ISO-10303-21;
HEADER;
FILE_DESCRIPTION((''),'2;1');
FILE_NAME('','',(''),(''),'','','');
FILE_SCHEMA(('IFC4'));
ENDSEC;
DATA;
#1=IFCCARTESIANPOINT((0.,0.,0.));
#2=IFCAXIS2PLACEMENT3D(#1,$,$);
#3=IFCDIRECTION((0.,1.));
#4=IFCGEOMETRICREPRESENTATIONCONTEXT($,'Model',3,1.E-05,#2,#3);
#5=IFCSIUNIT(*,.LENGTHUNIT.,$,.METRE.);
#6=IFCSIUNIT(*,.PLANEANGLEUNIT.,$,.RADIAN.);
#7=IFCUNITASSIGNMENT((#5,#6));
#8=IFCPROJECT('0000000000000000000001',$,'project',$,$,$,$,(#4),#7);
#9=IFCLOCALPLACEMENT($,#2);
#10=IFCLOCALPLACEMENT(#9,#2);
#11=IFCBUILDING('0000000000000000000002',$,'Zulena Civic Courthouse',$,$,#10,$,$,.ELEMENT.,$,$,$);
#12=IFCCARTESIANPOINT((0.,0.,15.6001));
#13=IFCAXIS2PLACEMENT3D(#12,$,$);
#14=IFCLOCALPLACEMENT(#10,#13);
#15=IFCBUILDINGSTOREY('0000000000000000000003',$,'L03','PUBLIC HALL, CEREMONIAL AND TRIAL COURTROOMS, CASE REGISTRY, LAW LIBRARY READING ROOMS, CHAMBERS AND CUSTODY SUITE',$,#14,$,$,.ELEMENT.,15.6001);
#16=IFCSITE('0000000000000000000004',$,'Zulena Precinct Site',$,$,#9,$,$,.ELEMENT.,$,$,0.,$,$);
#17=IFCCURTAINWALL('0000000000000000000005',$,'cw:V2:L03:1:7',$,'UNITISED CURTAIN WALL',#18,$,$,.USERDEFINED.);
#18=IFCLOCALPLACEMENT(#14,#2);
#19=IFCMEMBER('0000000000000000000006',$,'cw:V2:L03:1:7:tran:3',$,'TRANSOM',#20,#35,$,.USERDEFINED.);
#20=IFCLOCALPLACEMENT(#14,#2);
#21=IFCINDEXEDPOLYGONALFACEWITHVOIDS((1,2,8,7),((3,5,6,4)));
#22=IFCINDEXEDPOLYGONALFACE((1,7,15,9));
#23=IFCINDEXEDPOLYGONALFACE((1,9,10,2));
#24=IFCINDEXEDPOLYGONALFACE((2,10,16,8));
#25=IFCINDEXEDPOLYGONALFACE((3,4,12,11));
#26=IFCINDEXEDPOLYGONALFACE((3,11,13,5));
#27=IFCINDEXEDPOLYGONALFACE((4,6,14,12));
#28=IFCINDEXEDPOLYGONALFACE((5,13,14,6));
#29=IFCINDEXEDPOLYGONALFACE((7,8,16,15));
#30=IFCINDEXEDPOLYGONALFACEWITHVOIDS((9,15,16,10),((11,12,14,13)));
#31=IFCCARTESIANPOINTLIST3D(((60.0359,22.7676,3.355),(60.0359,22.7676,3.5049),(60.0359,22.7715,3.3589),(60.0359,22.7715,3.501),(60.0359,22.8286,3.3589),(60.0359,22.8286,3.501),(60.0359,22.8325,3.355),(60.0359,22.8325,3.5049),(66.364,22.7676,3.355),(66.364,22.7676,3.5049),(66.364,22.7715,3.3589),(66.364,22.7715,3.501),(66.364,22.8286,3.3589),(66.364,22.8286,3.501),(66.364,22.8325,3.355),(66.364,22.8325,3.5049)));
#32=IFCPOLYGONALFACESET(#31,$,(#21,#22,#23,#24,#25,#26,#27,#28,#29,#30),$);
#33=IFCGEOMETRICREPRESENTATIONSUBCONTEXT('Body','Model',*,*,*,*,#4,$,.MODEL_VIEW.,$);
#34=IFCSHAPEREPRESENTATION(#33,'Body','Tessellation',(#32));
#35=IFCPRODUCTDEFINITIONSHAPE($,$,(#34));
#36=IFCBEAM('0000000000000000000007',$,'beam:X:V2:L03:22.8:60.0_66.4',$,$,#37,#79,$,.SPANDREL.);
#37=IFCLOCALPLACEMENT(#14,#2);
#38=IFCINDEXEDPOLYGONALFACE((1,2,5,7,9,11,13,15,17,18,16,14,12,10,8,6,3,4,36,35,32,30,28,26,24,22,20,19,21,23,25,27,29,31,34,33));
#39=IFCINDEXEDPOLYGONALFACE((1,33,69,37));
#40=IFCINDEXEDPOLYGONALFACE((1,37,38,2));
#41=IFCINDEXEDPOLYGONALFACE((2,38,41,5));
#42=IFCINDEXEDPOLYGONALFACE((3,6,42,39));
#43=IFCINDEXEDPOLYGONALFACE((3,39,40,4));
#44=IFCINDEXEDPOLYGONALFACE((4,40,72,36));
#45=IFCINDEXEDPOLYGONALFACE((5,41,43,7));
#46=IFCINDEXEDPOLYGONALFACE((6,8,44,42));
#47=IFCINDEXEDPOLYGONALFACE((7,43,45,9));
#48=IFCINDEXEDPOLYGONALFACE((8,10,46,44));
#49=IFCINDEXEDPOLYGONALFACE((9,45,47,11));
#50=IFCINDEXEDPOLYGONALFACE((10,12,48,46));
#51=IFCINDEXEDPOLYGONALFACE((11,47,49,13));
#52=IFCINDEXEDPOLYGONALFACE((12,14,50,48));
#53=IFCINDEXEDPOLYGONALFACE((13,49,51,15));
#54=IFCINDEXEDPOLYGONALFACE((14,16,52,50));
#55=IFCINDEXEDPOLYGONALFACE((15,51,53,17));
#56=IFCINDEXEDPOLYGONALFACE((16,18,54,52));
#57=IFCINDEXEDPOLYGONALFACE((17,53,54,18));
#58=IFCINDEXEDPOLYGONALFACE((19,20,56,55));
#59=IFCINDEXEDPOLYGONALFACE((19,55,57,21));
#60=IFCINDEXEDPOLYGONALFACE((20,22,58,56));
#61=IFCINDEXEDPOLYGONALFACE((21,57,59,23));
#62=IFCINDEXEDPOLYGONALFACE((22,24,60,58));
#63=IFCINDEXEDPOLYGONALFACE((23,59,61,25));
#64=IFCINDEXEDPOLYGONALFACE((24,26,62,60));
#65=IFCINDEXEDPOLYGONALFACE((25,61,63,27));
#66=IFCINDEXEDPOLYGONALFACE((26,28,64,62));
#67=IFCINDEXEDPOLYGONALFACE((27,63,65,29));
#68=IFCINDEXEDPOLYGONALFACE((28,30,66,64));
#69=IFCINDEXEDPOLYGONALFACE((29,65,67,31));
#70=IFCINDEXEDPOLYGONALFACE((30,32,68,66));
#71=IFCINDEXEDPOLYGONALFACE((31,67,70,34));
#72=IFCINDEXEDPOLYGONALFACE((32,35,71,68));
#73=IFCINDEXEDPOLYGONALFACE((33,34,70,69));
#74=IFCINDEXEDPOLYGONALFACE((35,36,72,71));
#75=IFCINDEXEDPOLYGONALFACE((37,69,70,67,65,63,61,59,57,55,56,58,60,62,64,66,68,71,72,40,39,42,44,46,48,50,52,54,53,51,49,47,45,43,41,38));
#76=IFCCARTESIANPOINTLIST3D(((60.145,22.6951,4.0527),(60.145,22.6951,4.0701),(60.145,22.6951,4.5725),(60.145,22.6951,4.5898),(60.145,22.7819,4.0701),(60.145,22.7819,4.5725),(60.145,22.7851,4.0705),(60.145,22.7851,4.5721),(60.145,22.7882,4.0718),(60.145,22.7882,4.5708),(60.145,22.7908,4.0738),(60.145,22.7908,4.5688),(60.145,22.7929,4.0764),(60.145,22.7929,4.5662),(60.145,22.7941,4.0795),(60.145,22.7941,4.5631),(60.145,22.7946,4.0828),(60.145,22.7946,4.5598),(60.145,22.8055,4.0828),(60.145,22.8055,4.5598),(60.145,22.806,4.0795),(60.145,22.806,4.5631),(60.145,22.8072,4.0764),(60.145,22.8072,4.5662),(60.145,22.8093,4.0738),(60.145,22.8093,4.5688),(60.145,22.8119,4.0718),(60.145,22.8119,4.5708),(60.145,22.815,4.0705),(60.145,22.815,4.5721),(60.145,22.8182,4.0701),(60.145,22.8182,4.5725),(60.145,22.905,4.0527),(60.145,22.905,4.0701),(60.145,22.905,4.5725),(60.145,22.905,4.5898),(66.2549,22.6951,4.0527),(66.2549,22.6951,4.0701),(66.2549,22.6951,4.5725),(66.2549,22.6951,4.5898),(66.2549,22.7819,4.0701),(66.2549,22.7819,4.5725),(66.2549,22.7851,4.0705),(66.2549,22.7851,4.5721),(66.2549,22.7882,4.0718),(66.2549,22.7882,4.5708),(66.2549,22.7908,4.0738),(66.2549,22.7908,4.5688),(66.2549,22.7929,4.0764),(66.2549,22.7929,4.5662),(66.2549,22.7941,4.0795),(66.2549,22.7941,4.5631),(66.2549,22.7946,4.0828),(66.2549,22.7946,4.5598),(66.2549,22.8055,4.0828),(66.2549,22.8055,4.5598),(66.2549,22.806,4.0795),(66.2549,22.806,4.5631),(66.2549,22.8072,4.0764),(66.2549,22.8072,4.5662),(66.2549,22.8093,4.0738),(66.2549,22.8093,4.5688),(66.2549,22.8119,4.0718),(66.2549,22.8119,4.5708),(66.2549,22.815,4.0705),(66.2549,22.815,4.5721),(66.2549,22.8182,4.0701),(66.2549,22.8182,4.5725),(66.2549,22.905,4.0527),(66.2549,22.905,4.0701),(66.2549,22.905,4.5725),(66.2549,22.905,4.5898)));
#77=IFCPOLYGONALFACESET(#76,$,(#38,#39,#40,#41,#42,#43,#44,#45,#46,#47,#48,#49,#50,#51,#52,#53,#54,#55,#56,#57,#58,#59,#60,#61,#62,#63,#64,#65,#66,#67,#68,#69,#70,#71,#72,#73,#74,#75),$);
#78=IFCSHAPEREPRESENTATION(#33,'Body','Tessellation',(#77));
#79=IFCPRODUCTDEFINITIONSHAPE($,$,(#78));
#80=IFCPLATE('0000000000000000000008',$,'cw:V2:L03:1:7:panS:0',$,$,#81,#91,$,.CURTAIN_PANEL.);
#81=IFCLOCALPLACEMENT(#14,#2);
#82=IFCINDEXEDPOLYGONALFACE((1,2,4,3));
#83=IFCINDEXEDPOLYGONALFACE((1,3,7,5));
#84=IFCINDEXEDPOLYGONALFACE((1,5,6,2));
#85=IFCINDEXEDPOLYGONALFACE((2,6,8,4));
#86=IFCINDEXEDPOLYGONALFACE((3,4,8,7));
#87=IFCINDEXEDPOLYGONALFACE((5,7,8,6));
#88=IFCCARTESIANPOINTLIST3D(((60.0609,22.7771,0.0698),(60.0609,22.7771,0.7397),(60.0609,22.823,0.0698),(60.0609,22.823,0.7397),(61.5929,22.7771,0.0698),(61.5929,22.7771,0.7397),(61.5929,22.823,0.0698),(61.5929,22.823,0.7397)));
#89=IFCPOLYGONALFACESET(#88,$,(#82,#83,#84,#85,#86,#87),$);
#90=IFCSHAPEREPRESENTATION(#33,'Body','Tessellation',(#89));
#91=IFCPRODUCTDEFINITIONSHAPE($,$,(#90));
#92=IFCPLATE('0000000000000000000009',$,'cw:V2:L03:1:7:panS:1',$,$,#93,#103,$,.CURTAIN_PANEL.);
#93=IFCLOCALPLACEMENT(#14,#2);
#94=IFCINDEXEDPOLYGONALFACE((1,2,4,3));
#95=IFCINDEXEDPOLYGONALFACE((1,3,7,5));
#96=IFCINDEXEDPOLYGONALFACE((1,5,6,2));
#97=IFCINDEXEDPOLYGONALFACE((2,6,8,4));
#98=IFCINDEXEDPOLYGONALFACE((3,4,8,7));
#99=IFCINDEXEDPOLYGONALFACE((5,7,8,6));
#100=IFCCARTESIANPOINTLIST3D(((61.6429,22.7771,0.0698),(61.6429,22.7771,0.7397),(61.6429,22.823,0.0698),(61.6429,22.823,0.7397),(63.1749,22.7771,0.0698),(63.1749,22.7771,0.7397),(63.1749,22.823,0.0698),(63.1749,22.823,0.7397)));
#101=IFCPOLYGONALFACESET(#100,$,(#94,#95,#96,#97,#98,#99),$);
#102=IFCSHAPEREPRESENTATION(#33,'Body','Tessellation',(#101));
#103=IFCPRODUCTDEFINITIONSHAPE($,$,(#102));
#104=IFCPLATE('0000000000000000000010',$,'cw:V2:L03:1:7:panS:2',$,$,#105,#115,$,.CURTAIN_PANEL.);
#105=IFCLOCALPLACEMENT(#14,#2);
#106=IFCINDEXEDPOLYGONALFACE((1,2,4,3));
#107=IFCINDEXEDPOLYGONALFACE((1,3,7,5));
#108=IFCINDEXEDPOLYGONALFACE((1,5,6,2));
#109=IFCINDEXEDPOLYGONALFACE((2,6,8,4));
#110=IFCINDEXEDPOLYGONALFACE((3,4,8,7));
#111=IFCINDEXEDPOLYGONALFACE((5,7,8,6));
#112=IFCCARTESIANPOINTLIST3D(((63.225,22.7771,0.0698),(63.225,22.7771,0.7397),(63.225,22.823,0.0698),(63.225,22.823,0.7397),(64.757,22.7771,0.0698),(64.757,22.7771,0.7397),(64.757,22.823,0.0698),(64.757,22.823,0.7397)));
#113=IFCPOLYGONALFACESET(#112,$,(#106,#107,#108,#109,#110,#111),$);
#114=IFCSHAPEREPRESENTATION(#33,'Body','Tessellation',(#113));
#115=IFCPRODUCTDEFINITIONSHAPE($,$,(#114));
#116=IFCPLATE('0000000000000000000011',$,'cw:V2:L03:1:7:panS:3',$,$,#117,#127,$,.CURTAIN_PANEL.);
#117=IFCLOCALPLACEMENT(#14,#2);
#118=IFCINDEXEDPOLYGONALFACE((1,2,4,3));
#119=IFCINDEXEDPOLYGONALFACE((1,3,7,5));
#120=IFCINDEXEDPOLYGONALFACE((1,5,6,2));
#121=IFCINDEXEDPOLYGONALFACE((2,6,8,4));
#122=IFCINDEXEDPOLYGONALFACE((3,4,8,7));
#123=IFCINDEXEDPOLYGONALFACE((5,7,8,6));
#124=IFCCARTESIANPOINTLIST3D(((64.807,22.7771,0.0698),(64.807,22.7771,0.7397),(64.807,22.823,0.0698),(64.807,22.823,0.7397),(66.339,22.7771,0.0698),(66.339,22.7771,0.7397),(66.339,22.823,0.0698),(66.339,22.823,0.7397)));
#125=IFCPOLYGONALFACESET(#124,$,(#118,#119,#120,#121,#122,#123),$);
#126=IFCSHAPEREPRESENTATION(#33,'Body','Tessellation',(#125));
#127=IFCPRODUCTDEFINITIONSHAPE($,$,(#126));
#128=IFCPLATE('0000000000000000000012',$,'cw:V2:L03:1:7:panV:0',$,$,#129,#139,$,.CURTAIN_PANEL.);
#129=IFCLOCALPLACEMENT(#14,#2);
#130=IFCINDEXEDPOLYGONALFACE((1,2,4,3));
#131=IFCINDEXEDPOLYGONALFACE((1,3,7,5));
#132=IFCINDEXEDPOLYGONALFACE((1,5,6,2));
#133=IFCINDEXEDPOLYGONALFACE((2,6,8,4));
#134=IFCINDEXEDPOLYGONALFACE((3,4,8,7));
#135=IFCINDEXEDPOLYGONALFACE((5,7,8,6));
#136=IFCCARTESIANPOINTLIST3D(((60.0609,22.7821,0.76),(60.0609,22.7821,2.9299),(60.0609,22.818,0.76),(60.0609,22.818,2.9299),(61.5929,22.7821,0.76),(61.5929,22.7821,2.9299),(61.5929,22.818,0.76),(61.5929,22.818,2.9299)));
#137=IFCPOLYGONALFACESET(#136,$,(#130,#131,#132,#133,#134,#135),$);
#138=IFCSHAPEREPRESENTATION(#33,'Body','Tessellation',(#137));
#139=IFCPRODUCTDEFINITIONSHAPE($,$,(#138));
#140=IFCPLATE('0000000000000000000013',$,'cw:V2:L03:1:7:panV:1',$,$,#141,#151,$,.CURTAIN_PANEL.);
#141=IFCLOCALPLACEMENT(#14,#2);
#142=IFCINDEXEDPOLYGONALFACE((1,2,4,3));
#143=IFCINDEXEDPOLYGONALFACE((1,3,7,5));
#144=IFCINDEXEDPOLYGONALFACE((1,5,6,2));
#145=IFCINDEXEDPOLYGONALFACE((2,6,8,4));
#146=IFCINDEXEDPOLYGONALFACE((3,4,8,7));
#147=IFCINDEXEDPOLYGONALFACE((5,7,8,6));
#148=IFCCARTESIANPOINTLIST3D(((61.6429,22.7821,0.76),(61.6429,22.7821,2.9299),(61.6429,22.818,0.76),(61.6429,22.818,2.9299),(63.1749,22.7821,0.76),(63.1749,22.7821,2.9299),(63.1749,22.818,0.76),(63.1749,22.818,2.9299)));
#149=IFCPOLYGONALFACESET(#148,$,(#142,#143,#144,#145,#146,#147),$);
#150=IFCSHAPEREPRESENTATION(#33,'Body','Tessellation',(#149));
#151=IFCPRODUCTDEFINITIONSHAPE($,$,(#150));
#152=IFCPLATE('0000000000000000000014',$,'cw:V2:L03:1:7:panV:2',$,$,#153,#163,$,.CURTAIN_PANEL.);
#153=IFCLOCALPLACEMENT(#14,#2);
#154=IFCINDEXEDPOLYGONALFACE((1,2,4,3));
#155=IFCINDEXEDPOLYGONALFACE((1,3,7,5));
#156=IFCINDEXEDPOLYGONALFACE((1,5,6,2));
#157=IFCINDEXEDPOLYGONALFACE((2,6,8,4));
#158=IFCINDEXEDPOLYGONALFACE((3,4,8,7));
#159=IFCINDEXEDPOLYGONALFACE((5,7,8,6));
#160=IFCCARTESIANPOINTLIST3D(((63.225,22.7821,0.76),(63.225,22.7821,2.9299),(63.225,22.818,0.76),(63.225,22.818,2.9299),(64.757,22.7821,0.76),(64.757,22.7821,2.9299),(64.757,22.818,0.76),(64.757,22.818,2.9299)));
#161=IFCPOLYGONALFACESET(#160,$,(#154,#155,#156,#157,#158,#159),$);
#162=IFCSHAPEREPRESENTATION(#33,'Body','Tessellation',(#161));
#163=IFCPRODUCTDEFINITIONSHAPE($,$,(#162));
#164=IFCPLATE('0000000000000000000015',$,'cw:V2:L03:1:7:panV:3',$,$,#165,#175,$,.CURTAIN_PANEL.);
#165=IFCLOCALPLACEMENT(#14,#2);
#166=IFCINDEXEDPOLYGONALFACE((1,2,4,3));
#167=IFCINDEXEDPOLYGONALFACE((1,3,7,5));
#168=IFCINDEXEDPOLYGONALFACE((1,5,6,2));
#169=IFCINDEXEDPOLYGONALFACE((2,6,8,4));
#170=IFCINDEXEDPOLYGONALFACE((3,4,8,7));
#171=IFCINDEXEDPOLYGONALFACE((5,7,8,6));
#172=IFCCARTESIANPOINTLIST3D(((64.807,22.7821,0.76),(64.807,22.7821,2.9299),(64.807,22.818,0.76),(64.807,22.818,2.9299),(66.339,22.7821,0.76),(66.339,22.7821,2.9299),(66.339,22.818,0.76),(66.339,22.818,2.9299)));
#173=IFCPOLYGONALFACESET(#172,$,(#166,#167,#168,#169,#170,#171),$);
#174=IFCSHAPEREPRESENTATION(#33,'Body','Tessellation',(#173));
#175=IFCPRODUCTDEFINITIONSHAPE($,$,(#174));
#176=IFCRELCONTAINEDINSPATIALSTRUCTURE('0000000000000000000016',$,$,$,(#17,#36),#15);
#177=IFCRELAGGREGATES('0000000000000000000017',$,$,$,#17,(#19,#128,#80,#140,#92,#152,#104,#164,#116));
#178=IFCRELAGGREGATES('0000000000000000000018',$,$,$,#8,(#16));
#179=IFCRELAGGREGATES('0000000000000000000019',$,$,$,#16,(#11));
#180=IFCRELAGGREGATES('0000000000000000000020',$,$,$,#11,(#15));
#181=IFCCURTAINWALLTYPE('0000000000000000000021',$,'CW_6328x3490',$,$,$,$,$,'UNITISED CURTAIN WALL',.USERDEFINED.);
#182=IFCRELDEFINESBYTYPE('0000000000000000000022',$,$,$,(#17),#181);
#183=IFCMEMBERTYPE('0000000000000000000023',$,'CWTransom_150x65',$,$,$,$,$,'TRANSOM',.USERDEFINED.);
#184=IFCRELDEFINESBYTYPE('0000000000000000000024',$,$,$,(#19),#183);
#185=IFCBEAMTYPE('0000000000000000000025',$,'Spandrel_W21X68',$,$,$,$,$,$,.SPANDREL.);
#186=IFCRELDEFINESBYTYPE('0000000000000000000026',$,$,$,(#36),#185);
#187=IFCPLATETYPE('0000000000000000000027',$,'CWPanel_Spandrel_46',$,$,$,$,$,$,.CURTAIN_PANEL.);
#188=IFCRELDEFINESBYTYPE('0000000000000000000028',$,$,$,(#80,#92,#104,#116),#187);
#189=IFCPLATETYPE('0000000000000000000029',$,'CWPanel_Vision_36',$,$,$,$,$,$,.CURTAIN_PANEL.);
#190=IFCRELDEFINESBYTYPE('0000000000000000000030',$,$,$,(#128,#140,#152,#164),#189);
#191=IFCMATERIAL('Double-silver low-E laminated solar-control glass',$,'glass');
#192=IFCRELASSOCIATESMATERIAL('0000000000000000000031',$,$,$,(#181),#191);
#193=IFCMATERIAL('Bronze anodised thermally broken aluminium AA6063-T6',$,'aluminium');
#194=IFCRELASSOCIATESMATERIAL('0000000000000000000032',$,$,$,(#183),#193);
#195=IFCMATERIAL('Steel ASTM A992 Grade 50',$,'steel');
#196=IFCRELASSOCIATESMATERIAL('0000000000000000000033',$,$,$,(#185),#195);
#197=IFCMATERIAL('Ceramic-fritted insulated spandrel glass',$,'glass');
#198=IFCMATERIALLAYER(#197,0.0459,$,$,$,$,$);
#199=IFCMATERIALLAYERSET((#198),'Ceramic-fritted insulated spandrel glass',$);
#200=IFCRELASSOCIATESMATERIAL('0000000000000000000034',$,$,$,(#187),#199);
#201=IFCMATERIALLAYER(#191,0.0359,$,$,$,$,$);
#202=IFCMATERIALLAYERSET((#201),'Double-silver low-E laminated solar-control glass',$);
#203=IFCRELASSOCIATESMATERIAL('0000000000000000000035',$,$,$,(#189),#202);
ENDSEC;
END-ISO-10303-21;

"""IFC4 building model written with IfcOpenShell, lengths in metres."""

from ifc_helpers import new_model, si_unit, direction, frame, origin, origin_2d, place, context, subcontext, project, spatial, rectangle, hollow_rectangle, i_section, extrude, material, layer, layer_set, material_profile, profile_set, type_object, element, aggregate, save


model = new_model("IFC4")

# Units and contexts
model_context = context("Model", 3, precision=1e-05, world=origin(), true_north=direction((0.0, 1.0)))
body_context = subcontext(model_context, "Body", "Model", "MODEL_VIEW")
ifc_project = project(units=[si_unit("LENGTHUNIT", "METRE"), si_unit("PLANEANGLEUNIT", "RADIAN")], contexts=[model_context])

# Site, building, storey
site_placement = place(None, origin())
site = spatial("IfcSite", under=ifc_project, at=site_placement, Name="Zulena Precinct Site", CompositionType="ELEMENT", RefElevation=0.0)
building_placement = place(site_placement, origin())
building = spatial("IfcBuilding", under=site, at=building_placement, Name="Zulena Civic Courthouse", CompositionType="ELEMENT")
storey_placement = place(building_placement, frame((0.0, 0.0, 15.6001)))
storey = spatial("IfcBuildingStorey", under=building, at=storey_placement, Name="L03", Description="PUBLIC HALL, CEREMONIAL AND TRIAL COURTROOMS, CASE REGISTRY, LAW LIBRARY READING ROOMS, CHAMBERS AND CUSTODY SUITE", CompositionType="ELEMENT", Elevation=15.6001)

# Shared definitions
ifc_material_1 = material(Name="Steel ASTM A992 Grade 50", Category="steel")

# Curtain wall, member
ifc_material_2 = material(Name="Double-silver low-E laminated solar-control glass", Category="glass")
curtain_wall_type = type_object("IfcCurtainWallType", Name="CW_6328x3490", ElementType="UNITISED CURTAIN WALL", PredefinedType="USERDEFINED", material=ifc_material_2)
curtain_wall_placement = place(storey_placement, origin())
curtain_wall = element("IfcCurtainWall", 1, at=curtain_wall_placement, inside=storey, type_object=curtain_wall_type, Name="cw:V2:L03:1:7", ObjectType="UNITISED CURTAIN WALL", PredefinedType="USERDEFINED")
ifc_material_3 = material(Name="Bronze anodised thermally broken aluminium AA6063-T6", Category="aluminium")
ifc_material_profile_1 = material_profile(ifc_material_3, hollow_rectangle(XDim=0.0649, YDim=0.1499, WallThickness=0.0039, at=origin_2d()), Name="CWT150X65X4")
ifc_profile_set_1 = profile_set([ifc_material_profile_1], Name="Bronze anodised thermally broken aluminium AA6063-T6")
member_type_1 = type_object("IfcMemberType", Name="CWTransom_150x65", ElementType="TRANSOM", PredefinedType="USERDEFINED", material=ifc_profile_set_1)
member_1_placement = place(storey_placement, frame((60.0359, 22.8, 3.4299), z_axis=(1.0, 0.0, 0.0), x_axis=(0.0, 1.0, 0.0)))
member_1 = element("IfcMember", 2, at=member_1_placement, type_object=member_type_1, Name="cw:V2:L03:1:7:tran:3", ObjectType="TRANSOM", PredefinedType="USERDEFINED", context=body_context, shape_type="SweptSolid", body=[
    extrude(hollow_rectangle(XDim=0.0649, YDim=0.1499, WallThickness=0.0039, at=origin_2d()), origin(), (0.0, 0.0, 1.0), 6.3281),
])

# Beam
ifc_material_profile_2 = material_profile(ifc_material_1, i_section(OverallWidth=0.21, OverallDepth=0.5371, WebThickness=0.011, FlangeThickness=0.0173, FilletRadius=0.0127, at=origin_2d()), Name="W21X68")
ifc_profile_set_2 = profile_set([ifc_material_profile_2], Name="Steel ASTM A992 Grade 50")
beam_type = type_object("IfcBeamType", Name="Spandrel_W21X68", PredefinedType="SPANDREL", material=ifc_profile_set_2)
beam_placement = place(storey_placement, frame((60.145, 22.8, 4.3213), z_axis=(1.0, 0.0, 0.0), x_axis=(0.0, 1.0, 0.0)))
element("IfcBeam", 3, at=beam_placement, inside=storey, type_object=beam_type, Name="beam:X:V2:L03:22.8:60.0_66.4", PredefinedType="SPANDREL", context=body_context, shape_type="SweptSolid", body=[
    extrude(i_section(OverallWidth=0.21, OverallDepth=0.5371, WebThickness=0.011, FlangeThickness=0.0173, FilletRadius=0.0127, at=origin_2d()), origin(), (0.0, 0.0, 1.0), 6.1099),
])

# Plates
ifc_material_4 = material(Name="Ceramic-fritted insulated spandrel glass", Category="glass")
ifc_layer_1 = layer(ifc_material_4, 0.0459)
ifc_layer_set_1 = layer_set([ifc_layer_1], Name="Ceramic-fritted insulated spandrel glass")
plate_type_1 = type_object("IfcPlateType", Name="CWPanel_Spandrel_46", PredefinedType="CURTAIN_PANEL", material=ifc_layer_set_1)
plate_1_placement = place(storey_placement, frame((60.8269, 22.8, 0.0698), z_axis=(0.0, 0.0, 1.0), x_axis=(1.0, 0.0, 0.0)))
plate_1 = element("IfcPlate", 4, at=plate_1_placement, type_object=plate_type_1, Name="cw:V2:L03:1:7:panS:0", PredefinedType="CURTAIN_PANEL", context=body_context, shape_type="SweptSolid", body=[
    extrude(rectangle(XDim=1.532, YDim=0.0459, at=origin_2d()), origin(), (0.0, 0.0, 1.0), 0.6699),
])
plate_2_placement = place(storey_placement, frame((62.4089, 22.8, 0.0698), z_axis=(0.0, 0.0, 1.0), x_axis=(1.0, 0.0, 0.0)))
plate_2 = element("IfcPlate", 5, at=plate_2_placement, type_object=plate_type_1, Name="cw:V2:L03:1:7:panS:1", PredefinedType="CURTAIN_PANEL", context=body_context, shape_type="SweptSolid", body=[
    extrude(rectangle(XDim=1.532, YDim=0.0459, at=origin_2d()), origin(), (0.0, 0.0, 1.0), 0.6699),
])
plate_3_placement = place(storey_placement, frame((63.991, 22.8, 0.0698), z_axis=(0.0, 0.0, 1.0), x_axis=(1.0, 0.0, 0.0)))
plate_3 = element("IfcPlate", 6, at=plate_3_placement, type_object=plate_type_1, Name="cw:V2:L03:1:7:panS:2", PredefinedType="CURTAIN_PANEL", context=body_context, shape_type="SweptSolid", body=[
    extrude(rectangle(XDim=1.532, YDim=0.0459, at=origin_2d()), origin(), (0.0, 0.0, 1.0), 0.6699),
])
plate_4_placement = place(storey_placement, frame((65.573, 22.8, 0.0698), z_axis=(0.0, 0.0, 1.0), x_axis=(1.0, 0.0, 0.0)))
plate_4 = element("IfcPlate", 7, at=plate_4_placement, type_object=plate_type_1, Name="cw:V2:L03:1:7:panS:3", PredefinedType="CURTAIN_PANEL", context=body_context, shape_type="SweptSolid", body=[
    extrude(rectangle(XDim=1.532, YDim=0.0459, at=origin_2d()), origin(), (0.0, 0.0, 1.0), 0.6699),
])
ifc_layer_2 = layer(ifc_material_2, 0.0359)
ifc_layer_set_2 = layer_set([ifc_layer_2], Name="Double-silver low-E laminated solar-control glass")
plate_type_2 = type_object("IfcPlateType", Name="CWPanel_Vision_36", PredefinedType="CURTAIN_PANEL", material=ifc_layer_set_2)
plate_5_placement = place(storey_placement, frame((60.8269, 22.8, 0.76), z_axis=(0.0, 0.0, 1.0), x_axis=(1.0, 0.0, 0.0)))
plate_5 = element("IfcPlate", 8, at=plate_5_placement, type_object=plate_type_2, Name="cw:V2:L03:1:7:panV:0", PredefinedType="CURTAIN_PANEL", context=body_context, shape_type="SweptSolid", body=[
    extrude(rectangle(XDim=1.532, YDim=0.0359, at=origin_2d()), origin(), (0.0, 0.0, 1.0), 2.1699),
])
plate_6_placement = place(storey_placement, frame((62.4089, 22.8, 0.76), z_axis=(0.0, 0.0, 1.0), x_axis=(1.0, 0.0, 0.0)))
plate_6 = element("IfcPlate", 9, at=plate_6_placement, type_object=plate_type_2, Name="cw:V2:L03:1:7:panV:1", PredefinedType="CURTAIN_PANEL", context=body_context, shape_type="SweptSolid", body=[
    extrude(rectangle(XDim=1.532, YDim=0.0359, at=origin_2d()), origin(), (0.0, 0.0, 1.0), 2.1699),
])
plate_7_placement = place(storey_placement, frame((63.991, 22.8, 0.76), z_axis=(0.0, 0.0, 1.0), x_axis=(1.0, 0.0, 0.0)))
plate_7 = element("IfcPlate", 10, at=plate_7_placement, type_object=plate_type_2, Name="cw:V2:L03:1:7:panV:2", PredefinedType="CURTAIN_PANEL", context=body_context, shape_type="SweptSolid", body=[
    extrude(rectangle(XDim=1.532, YDim=0.0359, at=origin_2d()), origin(), (0.0, 0.0, 1.0), 2.1699),
])
plate_8_placement = place(storey_placement, frame((65.573, 22.8, 0.76), z_axis=(0.0, 0.0, 1.0), x_axis=(1.0, 0.0, 0.0)))
plate_8 = element("IfcPlate", 11, at=plate_8_placement, type_object=plate_type_2, Name="cw:V2:L03:1:7:panV:3", PredefinedType="CURTAIN_PANEL", context=body_context, shape_type="SweptSolid", body=[
    extrude(rectangle(XDim=1.532, YDim=0.0359, at=origin_2d()), origin(), (0.0, 0.0, 1.0), 2.1699),
])
aggregate(curtain_wall, [member_1, plate_5, plate_1, plate_6, plate_2, plate_7, plate_3, plate_8, plate_4])

save(model, "model.ifc")
